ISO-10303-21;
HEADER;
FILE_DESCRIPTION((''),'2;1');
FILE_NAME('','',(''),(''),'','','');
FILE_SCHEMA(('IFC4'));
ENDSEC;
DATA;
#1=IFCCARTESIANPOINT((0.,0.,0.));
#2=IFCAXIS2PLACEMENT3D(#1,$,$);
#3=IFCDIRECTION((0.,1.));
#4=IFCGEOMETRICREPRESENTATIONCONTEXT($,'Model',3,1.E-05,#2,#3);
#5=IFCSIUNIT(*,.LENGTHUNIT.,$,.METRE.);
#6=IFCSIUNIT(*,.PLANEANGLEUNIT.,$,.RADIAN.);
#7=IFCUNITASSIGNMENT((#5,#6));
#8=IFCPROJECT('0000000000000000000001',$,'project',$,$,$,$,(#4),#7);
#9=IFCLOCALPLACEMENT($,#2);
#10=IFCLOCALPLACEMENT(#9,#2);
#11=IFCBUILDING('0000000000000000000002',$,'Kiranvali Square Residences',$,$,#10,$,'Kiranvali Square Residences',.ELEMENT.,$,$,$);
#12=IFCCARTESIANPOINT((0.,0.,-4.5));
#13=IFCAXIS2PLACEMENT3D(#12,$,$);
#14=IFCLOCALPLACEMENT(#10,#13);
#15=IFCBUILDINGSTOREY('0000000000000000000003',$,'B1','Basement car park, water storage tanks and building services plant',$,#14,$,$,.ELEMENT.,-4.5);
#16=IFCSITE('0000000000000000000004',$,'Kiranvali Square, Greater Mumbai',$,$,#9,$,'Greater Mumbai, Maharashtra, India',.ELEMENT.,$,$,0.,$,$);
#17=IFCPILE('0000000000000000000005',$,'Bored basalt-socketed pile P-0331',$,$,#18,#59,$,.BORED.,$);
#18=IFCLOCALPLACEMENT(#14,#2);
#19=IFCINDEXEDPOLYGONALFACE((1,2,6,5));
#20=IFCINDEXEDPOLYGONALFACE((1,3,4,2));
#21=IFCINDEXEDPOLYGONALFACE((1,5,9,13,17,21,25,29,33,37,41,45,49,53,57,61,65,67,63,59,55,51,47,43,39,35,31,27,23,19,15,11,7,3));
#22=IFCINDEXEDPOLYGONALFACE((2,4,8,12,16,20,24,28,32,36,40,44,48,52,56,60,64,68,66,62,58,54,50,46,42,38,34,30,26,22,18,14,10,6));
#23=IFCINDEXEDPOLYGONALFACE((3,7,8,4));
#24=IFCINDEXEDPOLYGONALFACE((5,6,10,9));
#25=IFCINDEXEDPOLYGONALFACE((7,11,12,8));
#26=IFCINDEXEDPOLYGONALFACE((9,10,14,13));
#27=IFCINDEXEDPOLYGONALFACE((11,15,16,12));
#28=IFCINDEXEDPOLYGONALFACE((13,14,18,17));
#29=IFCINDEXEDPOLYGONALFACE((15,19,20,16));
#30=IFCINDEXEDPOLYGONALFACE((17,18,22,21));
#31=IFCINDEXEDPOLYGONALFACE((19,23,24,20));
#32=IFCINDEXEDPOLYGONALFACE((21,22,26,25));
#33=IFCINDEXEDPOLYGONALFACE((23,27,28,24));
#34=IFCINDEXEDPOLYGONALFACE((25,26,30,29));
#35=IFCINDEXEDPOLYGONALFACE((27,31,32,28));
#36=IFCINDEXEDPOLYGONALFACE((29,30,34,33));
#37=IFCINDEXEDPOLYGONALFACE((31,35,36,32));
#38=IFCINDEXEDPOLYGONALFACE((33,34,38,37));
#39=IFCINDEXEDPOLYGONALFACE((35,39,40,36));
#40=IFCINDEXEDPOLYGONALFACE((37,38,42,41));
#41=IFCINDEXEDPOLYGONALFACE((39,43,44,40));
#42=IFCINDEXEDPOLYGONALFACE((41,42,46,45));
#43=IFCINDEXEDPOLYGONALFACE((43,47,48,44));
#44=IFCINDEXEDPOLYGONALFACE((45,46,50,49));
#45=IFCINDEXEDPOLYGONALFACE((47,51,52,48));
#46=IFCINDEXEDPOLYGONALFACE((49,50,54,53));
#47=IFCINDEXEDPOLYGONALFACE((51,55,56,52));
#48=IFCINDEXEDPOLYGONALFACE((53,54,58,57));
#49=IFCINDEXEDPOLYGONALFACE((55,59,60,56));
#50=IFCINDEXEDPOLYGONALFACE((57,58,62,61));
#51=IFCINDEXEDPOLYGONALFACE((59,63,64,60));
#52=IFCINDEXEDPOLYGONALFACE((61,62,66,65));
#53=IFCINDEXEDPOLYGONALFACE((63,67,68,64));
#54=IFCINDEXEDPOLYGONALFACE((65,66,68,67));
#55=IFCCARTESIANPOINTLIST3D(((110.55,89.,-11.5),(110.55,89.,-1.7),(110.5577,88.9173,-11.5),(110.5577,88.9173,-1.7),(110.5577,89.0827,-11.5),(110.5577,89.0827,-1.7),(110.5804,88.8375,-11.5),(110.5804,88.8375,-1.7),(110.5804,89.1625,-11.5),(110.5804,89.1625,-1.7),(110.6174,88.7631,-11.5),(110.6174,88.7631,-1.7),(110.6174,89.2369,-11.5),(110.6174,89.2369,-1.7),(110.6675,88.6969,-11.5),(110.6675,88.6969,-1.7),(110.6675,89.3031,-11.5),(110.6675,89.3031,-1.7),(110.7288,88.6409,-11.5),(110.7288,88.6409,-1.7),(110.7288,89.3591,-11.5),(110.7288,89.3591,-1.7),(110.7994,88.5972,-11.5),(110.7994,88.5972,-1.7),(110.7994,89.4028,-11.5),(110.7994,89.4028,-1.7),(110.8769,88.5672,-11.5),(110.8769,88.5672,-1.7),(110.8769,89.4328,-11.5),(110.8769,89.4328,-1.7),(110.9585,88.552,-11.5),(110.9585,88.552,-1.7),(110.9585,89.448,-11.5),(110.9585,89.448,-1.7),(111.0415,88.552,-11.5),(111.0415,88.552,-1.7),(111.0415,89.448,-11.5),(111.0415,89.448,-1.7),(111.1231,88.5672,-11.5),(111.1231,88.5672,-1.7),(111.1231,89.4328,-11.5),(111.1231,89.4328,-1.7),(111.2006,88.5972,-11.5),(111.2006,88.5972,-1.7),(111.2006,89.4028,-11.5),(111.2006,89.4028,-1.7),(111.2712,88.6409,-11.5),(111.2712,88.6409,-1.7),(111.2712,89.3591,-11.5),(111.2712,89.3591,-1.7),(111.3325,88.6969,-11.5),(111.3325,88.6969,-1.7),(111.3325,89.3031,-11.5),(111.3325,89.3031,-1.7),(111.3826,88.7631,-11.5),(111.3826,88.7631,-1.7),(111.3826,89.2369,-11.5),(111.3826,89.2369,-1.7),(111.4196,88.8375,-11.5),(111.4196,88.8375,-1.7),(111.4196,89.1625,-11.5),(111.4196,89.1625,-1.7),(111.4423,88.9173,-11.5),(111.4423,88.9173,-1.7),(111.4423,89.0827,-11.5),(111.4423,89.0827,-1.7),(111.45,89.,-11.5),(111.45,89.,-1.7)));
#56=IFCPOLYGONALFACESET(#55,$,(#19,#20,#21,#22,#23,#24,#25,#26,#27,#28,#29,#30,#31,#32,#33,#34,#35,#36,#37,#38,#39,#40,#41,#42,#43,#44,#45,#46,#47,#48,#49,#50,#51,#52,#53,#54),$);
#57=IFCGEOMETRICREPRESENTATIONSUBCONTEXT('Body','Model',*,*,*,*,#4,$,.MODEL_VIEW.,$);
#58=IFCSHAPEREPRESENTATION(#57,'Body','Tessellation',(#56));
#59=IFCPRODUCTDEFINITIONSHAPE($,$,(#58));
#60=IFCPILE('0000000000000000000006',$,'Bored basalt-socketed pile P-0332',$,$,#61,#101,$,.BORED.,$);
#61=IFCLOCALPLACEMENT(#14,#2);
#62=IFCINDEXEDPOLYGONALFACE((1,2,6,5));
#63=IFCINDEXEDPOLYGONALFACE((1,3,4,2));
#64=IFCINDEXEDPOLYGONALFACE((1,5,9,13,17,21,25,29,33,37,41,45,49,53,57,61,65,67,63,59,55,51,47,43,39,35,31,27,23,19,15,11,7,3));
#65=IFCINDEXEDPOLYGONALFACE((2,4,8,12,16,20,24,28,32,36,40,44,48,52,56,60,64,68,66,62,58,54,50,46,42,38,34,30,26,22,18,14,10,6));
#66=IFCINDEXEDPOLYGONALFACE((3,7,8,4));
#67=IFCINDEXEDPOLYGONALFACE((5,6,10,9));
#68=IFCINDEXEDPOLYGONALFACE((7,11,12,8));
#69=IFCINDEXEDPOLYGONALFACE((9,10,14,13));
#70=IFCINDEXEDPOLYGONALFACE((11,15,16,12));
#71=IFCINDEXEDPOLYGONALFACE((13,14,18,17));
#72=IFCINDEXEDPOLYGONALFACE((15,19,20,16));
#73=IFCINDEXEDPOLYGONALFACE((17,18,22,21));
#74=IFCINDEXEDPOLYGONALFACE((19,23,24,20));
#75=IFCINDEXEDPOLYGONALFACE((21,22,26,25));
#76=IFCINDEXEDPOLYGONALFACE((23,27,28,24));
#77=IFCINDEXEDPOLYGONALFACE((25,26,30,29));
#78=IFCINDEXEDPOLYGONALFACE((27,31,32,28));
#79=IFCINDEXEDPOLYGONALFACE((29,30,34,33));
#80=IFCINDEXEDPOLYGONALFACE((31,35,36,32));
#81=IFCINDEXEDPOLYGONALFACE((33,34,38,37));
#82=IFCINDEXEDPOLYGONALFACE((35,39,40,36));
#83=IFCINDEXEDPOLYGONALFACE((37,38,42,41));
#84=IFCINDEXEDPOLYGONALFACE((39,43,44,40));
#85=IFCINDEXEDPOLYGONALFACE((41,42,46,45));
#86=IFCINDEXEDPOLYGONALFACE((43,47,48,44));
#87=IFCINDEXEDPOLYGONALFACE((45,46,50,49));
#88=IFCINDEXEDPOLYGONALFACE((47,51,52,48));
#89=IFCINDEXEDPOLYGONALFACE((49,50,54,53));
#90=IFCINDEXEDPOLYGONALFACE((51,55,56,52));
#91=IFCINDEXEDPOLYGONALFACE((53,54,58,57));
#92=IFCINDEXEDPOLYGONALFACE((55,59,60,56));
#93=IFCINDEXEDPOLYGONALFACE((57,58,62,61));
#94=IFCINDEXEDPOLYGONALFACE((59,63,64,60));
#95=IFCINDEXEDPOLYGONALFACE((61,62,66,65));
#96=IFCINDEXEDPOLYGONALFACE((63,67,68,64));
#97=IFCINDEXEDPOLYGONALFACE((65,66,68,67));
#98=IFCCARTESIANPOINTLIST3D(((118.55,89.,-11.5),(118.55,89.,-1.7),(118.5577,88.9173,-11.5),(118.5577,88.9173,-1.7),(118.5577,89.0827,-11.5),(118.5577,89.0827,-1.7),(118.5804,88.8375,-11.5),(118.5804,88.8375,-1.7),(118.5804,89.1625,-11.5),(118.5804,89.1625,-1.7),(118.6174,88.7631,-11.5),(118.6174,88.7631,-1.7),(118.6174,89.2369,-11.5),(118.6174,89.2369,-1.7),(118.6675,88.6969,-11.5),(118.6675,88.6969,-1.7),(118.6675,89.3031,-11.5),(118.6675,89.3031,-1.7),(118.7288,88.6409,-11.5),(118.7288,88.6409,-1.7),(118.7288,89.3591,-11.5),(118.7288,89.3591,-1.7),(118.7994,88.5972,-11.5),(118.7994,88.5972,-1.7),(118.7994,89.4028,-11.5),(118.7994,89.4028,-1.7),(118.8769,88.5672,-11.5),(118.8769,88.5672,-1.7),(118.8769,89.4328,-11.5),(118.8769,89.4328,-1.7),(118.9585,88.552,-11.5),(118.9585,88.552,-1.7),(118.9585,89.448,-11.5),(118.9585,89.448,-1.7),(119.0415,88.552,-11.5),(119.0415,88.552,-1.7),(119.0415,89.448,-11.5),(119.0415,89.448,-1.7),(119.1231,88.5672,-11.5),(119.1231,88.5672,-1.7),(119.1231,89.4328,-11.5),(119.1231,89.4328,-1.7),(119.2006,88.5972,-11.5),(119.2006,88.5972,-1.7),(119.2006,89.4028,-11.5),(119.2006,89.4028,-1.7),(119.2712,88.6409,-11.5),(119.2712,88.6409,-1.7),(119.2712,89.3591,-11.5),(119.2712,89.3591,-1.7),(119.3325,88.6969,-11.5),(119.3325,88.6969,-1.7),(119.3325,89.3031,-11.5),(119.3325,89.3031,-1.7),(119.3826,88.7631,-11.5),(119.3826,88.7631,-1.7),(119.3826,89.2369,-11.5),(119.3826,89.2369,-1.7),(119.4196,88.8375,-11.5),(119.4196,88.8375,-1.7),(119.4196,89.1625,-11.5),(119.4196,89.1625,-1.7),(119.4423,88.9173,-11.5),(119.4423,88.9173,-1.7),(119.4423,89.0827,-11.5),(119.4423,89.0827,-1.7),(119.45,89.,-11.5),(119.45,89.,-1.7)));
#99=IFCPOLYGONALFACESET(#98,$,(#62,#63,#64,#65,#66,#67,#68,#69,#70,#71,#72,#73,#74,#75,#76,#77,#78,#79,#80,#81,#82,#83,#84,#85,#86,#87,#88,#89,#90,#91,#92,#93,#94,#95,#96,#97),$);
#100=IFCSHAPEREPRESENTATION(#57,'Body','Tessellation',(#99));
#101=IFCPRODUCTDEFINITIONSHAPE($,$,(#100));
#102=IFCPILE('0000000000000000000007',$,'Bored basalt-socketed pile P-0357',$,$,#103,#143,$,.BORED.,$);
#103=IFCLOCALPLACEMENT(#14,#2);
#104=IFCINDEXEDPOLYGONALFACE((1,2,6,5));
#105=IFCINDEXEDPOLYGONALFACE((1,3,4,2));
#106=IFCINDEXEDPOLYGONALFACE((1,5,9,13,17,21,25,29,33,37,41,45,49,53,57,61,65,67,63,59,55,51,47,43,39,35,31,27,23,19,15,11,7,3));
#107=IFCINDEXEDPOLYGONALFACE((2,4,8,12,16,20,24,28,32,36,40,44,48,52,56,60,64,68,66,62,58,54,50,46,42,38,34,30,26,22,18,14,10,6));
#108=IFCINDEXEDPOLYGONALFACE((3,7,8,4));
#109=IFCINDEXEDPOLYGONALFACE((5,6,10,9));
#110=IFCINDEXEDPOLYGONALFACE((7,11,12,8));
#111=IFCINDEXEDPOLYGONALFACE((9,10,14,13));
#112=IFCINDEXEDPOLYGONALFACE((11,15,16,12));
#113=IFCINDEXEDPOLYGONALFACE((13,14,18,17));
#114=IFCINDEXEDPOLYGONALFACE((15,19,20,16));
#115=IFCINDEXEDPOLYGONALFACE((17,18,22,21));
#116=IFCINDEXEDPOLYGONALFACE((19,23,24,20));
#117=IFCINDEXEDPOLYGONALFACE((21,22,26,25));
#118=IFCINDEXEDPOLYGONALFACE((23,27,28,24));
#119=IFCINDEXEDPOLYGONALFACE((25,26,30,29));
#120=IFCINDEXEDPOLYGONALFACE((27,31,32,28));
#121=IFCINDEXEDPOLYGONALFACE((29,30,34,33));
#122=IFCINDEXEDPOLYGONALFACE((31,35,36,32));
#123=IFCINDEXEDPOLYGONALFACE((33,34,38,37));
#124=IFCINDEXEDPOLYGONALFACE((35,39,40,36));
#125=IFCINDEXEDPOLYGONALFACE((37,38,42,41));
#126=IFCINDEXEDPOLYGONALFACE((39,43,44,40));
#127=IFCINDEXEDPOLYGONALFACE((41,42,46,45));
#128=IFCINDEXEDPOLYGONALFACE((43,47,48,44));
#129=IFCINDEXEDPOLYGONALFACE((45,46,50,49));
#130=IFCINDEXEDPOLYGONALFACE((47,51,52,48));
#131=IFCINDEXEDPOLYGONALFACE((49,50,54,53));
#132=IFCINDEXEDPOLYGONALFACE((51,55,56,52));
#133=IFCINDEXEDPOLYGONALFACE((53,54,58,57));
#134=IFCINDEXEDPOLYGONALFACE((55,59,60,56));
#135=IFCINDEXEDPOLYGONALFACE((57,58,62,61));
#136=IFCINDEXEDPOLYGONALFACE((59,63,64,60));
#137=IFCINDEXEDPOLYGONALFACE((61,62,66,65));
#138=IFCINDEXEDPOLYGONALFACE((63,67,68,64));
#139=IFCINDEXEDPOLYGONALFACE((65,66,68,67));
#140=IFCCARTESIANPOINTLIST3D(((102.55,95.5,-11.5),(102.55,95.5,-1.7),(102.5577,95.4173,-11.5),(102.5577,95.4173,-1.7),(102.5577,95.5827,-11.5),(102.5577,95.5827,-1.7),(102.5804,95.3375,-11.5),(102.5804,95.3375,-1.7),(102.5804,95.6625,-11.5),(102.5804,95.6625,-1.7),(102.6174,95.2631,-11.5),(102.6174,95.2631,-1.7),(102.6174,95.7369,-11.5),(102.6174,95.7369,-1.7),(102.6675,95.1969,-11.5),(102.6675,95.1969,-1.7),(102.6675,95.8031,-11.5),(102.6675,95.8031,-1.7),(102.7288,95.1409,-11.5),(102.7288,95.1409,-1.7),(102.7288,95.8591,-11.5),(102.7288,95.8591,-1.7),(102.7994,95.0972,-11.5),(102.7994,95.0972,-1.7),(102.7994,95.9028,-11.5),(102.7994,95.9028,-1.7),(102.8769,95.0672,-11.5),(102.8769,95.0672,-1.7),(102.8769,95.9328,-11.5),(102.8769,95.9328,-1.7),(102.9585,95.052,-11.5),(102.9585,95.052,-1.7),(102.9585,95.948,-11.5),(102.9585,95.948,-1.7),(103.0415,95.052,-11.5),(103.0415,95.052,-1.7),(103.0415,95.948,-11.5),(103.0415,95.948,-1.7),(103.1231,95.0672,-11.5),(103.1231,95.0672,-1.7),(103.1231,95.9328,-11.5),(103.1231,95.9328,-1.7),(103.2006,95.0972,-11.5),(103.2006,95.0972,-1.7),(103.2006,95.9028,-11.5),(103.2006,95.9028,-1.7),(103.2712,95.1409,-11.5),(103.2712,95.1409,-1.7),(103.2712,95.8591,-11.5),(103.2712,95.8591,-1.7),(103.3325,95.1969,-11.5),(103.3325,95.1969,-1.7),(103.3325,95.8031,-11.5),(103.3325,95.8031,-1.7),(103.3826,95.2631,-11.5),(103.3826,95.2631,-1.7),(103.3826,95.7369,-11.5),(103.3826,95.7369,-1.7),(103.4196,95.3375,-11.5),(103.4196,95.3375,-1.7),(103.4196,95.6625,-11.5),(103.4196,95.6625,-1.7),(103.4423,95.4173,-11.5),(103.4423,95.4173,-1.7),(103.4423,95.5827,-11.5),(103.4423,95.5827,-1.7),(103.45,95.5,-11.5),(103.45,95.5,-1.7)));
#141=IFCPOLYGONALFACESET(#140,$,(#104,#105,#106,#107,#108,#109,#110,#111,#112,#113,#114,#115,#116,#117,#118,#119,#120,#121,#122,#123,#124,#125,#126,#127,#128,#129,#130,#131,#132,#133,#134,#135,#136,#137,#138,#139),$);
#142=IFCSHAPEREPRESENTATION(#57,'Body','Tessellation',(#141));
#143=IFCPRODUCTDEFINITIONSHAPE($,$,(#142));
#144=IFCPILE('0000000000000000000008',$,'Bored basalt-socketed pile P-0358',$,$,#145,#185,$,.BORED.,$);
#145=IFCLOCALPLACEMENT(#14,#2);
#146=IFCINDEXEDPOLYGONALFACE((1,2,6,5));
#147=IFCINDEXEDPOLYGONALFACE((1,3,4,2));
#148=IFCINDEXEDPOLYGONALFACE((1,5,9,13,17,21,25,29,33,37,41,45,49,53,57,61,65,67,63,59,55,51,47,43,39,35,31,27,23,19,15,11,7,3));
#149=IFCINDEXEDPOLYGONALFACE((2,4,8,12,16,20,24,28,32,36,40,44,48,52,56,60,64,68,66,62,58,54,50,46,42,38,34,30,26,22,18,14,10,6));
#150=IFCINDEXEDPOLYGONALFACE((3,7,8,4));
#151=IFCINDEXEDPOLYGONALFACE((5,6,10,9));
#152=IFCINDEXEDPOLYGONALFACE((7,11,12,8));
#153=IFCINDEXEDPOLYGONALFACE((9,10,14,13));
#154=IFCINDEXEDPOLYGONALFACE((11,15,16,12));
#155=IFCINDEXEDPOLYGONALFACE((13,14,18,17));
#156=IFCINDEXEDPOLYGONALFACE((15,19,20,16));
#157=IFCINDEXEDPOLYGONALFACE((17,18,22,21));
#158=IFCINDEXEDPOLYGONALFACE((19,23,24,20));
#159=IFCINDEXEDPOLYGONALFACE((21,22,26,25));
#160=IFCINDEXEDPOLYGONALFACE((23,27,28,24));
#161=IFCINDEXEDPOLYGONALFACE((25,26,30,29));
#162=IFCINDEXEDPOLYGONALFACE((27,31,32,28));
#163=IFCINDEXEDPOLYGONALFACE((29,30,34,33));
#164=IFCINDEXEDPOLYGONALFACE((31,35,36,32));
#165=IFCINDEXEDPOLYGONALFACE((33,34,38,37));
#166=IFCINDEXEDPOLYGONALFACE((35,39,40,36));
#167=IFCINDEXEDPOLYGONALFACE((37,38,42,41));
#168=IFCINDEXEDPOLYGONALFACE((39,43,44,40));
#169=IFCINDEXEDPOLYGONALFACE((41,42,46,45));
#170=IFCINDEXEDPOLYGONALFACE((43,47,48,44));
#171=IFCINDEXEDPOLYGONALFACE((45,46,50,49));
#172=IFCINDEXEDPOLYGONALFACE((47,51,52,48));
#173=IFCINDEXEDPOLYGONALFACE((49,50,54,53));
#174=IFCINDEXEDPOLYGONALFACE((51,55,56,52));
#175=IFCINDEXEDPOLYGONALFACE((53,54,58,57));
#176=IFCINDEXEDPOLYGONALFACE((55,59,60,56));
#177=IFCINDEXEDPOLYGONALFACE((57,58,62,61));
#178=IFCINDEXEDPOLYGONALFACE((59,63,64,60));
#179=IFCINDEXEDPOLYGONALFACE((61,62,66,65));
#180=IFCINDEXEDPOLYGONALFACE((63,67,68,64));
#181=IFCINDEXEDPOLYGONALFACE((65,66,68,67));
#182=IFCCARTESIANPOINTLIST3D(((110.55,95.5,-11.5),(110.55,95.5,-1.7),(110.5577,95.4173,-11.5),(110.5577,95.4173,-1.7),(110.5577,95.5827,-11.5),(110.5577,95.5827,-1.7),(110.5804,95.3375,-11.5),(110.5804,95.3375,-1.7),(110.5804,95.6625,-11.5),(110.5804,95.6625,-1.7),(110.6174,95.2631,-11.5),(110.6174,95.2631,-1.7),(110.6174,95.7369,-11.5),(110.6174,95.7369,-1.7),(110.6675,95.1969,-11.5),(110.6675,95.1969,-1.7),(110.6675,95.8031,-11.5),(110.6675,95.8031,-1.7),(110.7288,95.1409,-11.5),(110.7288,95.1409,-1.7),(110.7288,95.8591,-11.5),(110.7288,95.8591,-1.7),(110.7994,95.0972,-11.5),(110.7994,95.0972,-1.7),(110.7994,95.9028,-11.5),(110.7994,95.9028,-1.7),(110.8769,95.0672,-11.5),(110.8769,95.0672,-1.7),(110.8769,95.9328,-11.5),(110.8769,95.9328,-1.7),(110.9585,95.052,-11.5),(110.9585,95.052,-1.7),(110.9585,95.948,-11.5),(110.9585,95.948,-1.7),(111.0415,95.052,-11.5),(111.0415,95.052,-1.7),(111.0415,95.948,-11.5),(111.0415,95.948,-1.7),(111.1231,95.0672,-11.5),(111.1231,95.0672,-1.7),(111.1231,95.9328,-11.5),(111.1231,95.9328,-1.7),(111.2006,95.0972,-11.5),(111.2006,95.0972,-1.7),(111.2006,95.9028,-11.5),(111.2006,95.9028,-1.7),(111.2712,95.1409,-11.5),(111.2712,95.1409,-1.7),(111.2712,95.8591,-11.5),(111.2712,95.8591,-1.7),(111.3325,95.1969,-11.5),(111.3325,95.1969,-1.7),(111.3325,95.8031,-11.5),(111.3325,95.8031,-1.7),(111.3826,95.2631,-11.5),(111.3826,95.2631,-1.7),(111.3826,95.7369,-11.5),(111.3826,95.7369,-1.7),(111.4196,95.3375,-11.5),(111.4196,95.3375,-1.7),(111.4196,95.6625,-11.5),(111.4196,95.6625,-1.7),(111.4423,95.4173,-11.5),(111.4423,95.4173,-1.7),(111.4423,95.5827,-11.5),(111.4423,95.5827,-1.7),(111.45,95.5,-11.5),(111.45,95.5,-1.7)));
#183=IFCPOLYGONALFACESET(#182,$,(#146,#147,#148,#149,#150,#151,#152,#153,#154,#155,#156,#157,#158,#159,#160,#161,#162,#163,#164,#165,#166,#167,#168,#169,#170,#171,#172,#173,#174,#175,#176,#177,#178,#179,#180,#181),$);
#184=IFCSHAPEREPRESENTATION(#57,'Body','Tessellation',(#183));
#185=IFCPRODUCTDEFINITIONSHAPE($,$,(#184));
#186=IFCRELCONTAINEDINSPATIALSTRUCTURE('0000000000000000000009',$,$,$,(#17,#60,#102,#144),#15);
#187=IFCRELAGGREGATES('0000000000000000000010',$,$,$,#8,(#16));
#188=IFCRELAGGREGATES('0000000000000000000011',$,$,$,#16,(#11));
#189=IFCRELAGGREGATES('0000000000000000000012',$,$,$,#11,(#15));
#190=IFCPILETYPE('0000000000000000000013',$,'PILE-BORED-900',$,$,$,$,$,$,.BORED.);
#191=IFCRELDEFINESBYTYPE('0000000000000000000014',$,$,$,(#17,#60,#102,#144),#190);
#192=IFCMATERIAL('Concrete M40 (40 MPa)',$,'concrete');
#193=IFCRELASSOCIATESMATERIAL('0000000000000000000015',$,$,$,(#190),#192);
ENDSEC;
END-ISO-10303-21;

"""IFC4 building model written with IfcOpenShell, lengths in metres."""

from ifc_helpers import new_model, si_unit, direction, frame, origin, origin_2d, place, context, subcontext, project, spatial, circle, extrude, material, material_profile, profile_set, type_object, element, save


model = new_model("IFC4")

# Units and contexts
model_context = context("Model", 3, precision=1e-05, world=origin(), true_north=direction((0.0, 1.0)))
body_context = subcontext(model_context, "Body", "Model", "MODEL_VIEW")
ifc_project = project(units=[si_unit("LENGTHUNIT", "METRE"), si_unit("PLANEANGLEUNIT", "RADIAN")], contexts=[model_context])

# Site, building, storey
site_placement = place(None, origin())
site = spatial("IfcSite", under=ifc_project, at=site_placement, Name="Kiranvali Square, Greater Mumbai", LongName="Greater Mumbai, Maharashtra, India", CompositionType="ELEMENT", RefElevation=0.0)
building_placement = place(site_placement, origin())
building = spatial("IfcBuilding", under=site, at=building_placement, Name="Kiranvali Square Residences", LongName="Kiranvali Square Residences", CompositionType="ELEMENT")
storey_placement = place(building_placement, frame((0.0, 0.0, -4.5)))
storey = spatial("IfcBuildingStorey", under=building, at=storey_placement, Name="B1", Description="Basement car park, water storage tanks and building services plant", CompositionType="ELEMENT", Elevation=-4.5)

# Shared definitions
ifc_material_1 = material(Name="Concrete M40 (40 MPa)", Category="concrete")

# Piles
ifc_material_profile_1 = material_profile(ifc_material_1, circle(Radius=0.45, at=origin_2d()), Name="BORED PILE 900")
ifc_profile_set_1 = profile_set([ifc_material_profile_1], Name="Concrete M40 (40 MPa)")
pile_type_1 = type_object("IfcPileType", Name="PILE-BORED-900", PredefinedType="BORED", material=ifc_profile_set_1)
for number, where, z_axis, x_axis, name in (
    (1, (111.0, 89.0, -1.7), (0.0, 0.0, -1.0), (1.0, 0.0, 0.0), "Bored basalt-socketed pile P-0331"),
    (2, (119.0, 89.0, -1.7), (0.0, 0.0, -1.0), (1.0, 0.0, 0.0), "Bored basalt-socketed pile P-0332"),
    (3, (103.0, 95.5, -1.7), (0.0, 0.0, -1.0), (1.0, 0.0, 0.0), "Bored basalt-socketed pile P-0357"),
    (4, (111.0, 95.5, -1.7), (0.0, 0.0, -1.0), (1.0, 0.0, 0.0), "Bored basalt-socketed pile P-0358"),
):
    element("IfcPile", number, at=place(storey_placement, frame(where, z_axis=z_axis, x_axis=x_axis)), inside=storey, type_object=pile_type_1, Name=name, PredefinedType="BORED", context=body_context, shape_type="SweptSolid", body=[
        extrude(circle(Radius=0.45, at=origin_2d()), origin(), (0.0, 0.0, 1.0), 9.8),
    ])

save(model, "model.ifc")
